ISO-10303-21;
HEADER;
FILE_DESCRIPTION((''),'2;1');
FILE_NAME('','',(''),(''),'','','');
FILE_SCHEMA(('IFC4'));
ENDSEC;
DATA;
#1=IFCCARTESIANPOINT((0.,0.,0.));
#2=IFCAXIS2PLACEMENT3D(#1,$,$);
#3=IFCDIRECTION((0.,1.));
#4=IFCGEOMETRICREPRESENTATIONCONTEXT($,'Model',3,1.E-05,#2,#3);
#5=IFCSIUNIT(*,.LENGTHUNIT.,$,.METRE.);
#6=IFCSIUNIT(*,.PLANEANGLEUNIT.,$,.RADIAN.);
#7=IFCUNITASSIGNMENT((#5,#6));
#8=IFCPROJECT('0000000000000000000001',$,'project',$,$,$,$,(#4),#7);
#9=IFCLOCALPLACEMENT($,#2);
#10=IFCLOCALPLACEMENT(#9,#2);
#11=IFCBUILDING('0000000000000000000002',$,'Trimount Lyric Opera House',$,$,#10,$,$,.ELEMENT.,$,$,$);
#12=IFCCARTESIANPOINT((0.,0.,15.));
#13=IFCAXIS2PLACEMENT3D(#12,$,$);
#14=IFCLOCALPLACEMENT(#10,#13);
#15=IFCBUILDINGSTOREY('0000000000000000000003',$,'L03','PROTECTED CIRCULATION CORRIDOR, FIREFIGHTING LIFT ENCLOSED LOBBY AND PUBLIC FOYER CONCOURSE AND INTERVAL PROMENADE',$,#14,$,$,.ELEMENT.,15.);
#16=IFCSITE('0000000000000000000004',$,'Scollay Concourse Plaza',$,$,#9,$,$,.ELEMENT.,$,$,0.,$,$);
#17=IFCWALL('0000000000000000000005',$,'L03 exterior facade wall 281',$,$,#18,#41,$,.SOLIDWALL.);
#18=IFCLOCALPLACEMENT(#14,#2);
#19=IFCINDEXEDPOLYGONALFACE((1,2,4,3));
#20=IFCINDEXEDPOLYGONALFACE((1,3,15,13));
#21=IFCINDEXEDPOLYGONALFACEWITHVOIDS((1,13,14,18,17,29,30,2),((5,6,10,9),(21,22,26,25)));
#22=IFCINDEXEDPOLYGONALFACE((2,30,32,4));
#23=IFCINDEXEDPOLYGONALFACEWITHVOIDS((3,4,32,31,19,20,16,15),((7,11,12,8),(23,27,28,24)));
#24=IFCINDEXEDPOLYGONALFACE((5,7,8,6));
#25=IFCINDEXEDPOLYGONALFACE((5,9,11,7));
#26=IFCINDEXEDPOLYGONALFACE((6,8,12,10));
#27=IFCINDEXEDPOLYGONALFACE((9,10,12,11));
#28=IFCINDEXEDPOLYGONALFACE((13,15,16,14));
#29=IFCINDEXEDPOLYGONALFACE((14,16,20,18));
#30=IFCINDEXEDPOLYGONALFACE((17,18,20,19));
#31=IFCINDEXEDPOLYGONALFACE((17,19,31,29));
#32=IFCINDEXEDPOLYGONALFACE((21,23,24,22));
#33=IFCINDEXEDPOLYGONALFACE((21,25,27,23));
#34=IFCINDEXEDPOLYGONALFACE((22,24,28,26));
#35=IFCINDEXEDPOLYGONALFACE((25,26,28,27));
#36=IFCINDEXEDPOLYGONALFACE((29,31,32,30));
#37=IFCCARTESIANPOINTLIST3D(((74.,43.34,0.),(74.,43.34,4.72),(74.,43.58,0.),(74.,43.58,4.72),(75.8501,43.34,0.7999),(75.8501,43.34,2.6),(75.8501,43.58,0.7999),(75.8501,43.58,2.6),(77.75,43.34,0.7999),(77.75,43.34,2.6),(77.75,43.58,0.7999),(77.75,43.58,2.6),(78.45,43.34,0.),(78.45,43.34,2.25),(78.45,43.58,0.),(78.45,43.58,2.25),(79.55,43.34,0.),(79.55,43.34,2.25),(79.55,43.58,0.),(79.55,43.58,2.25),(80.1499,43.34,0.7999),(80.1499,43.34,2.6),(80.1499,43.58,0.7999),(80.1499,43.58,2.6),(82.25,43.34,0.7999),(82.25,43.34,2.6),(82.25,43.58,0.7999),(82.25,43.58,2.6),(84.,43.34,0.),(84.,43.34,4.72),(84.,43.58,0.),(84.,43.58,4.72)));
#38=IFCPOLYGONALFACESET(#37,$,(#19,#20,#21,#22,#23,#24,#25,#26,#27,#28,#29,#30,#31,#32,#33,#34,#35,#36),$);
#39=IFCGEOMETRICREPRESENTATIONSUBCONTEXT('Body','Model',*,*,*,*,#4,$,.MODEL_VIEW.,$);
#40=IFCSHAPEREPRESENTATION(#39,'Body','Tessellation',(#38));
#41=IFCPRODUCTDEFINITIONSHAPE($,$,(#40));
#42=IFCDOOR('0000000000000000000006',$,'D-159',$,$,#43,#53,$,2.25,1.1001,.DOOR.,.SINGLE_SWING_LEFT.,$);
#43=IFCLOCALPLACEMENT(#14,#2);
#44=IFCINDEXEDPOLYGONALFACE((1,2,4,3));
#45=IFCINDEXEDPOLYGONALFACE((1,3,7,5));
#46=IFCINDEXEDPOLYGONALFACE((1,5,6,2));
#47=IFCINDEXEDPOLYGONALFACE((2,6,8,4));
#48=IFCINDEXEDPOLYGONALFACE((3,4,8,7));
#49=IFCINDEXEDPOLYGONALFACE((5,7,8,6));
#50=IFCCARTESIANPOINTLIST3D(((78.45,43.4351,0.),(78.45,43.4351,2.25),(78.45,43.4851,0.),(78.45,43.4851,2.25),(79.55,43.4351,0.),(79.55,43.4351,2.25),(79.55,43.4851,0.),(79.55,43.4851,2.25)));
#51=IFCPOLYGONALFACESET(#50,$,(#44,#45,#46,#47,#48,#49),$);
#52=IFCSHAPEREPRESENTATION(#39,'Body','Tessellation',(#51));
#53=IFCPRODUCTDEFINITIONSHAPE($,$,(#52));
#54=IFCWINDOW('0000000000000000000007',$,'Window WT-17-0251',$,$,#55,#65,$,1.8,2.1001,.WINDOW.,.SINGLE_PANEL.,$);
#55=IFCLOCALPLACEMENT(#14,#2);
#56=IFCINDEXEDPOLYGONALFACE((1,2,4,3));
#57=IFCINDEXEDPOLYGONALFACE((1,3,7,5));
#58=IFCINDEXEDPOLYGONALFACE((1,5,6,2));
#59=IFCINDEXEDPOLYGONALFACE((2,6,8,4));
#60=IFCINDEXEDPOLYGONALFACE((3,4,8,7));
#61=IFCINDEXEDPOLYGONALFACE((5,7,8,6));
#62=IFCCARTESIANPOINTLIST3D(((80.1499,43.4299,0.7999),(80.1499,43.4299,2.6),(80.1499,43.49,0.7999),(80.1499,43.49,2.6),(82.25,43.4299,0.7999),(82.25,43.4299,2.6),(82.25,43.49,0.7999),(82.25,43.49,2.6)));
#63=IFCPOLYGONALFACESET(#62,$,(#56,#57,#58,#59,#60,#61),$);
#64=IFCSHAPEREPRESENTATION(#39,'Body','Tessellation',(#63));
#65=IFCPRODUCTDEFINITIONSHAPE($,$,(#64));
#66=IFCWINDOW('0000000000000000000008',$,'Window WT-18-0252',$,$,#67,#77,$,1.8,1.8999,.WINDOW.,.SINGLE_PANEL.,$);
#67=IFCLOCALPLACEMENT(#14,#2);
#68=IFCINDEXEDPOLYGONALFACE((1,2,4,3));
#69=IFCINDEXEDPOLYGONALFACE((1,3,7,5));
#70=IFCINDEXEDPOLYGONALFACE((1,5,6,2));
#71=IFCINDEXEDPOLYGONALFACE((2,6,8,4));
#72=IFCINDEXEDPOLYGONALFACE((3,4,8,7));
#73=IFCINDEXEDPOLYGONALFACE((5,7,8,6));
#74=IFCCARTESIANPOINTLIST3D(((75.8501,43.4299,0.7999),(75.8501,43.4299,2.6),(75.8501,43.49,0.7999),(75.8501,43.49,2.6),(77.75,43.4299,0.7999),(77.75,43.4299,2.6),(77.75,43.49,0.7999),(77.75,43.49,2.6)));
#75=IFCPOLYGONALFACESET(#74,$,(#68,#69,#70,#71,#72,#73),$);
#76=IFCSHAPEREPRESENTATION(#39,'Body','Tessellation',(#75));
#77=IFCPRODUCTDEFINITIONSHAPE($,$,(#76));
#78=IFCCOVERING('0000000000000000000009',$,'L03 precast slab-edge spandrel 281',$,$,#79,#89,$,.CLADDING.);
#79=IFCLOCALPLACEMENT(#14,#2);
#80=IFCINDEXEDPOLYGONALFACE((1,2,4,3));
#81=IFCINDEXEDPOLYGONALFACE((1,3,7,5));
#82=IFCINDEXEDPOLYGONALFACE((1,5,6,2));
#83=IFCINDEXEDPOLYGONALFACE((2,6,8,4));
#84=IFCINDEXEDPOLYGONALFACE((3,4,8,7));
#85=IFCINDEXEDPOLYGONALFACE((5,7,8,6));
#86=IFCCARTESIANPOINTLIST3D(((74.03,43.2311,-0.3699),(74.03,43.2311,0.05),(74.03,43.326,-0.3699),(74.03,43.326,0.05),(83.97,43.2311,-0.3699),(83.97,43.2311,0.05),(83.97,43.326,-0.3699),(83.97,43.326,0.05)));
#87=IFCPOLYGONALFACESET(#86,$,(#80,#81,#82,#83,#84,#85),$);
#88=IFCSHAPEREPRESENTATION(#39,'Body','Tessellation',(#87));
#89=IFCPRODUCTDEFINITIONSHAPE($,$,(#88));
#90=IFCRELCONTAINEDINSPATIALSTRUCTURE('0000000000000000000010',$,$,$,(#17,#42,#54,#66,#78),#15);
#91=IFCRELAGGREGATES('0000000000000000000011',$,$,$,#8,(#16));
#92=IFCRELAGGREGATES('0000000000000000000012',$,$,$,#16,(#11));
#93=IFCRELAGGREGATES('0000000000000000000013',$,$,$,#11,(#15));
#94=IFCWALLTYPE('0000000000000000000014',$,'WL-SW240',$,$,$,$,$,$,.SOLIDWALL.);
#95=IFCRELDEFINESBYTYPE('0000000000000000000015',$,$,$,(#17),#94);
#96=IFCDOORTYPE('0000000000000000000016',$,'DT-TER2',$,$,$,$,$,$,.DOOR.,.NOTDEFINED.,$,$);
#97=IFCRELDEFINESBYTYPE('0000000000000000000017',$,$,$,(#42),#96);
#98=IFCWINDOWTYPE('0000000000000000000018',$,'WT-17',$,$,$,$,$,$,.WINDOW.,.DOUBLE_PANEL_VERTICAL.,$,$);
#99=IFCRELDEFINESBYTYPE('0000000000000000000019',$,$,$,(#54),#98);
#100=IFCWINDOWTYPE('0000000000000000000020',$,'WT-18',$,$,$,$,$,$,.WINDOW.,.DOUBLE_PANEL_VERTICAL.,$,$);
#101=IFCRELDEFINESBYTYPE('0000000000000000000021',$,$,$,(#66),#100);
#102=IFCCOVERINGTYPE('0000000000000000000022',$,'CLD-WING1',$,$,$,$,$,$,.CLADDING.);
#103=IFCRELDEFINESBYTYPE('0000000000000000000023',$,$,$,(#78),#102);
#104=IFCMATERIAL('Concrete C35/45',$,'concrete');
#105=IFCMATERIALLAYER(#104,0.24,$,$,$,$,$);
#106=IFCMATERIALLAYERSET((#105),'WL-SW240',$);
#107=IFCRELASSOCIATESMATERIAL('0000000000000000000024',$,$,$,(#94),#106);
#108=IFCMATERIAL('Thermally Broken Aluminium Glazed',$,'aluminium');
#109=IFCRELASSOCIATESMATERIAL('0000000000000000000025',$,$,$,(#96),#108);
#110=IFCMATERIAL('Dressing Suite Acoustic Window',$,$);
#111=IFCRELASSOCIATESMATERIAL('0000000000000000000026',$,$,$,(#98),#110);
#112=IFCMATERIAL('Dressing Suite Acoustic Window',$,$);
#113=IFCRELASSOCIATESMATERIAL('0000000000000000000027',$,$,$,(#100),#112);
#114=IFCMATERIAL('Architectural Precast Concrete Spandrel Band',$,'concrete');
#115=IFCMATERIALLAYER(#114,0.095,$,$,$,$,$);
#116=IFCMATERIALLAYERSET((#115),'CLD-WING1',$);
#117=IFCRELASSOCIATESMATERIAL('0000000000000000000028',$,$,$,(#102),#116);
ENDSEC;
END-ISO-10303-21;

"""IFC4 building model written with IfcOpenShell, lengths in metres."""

from ifc_helpers import new_model, si_unit, direction, frame, frame_2d, origin, origin_2d, place, context, subcontext, project, spatial, rectangle, extrude, material, layer, layer_set, type_object, element, fill, save


model = new_model("IFC4")

# Units and contexts
model_context = context("Model", 3, precision=1e-05, world=origin(), true_north=direction((0.0, 1.0)))
body_context = subcontext(model_context, "Body", "Model", "MODEL_VIEW")
ifc_project = project(units=[si_unit("LENGTHUNIT", "METRE"), si_unit("PLANEANGLEUNIT", "RADIAN")], contexts=[model_context])

# Site, building, storey
site_placement = place(None, origin())
site = spatial("IfcSite", under=ifc_project, at=site_placement, Name="Scollay Concourse Plaza", CompositionType="ELEMENT", RefElevation=0.0)
building_placement = place(site_placement, origin())
building = spatial("IfcBuilding", under=site, at=building_placement, Name="Trimount Lyric Opera House", CompositionType="ELEMENT")
storey_placement = place(building_placement, frame((0.0, 0.0, 15.0)))
storey = spatial("IfcBuildingStorey", under=building, at=storey_placement, Name="L03", Description="PROTECTED CIRCULATION CORRIDOR, FIREFIGHTING LIFT ENCLOSED LOBBY AND PUBLIC FOYER CONCOURSE AND INTERVAL PROMENADE", CompositionType="ELEMENT", Elevation=15.0)

# Wall, openings, door, windows
ifc_material_1 = material(Name="Concrete C35/45", Category="concrete")
ifc_layer_1 = layer(ifc_material_1, 0.24)
ifc_layer_set_1 = layer_set([ifc_layer_1], Name="WL-SW240")
wall_type_1 = type_object("IfcWallType", Name="WL-SW240", PredefinedType="SOLIDWALL", material=ifc_layer_set_1)
wall_1_placement = place(storey_placement, frame((84.0, 43.46, 0.0), z_axis=(0.0, 0.0, 1.0), x_axis=(-1.0, 0.0, 0.0)))
wall_1 = element("IfcWall", 1, at=wall_1_placement, inside=storey, type_object=wall_type_1, Name="L03 exterior facade wall 281", PredefinedType="SOLIDWALL", context=body_context, shape_type="SweptSolid", body=[
    extrude(rectangle(XDim=10.0, YDim=0.24, at=frame_2d((5.0, 0.0))), origin(), (0.0, 0.0, 1.0), 4.72),
])
opening_1_placement = place(wall_1_placement, frame((1.75, 0.0, 0.8)))
opening_1 = element("IfcOpeningElement", 2, at=opening_1_placement, cuts=wall_1, PredefinedType="OPENING", context=body_context, shape_type="SweptSolid", body=[
    extrude(rectangle(XDim=2.1001, YDim=1.8, at=frame_2d((1.05, 0.8999))), frame((0.0, 0.1299, 0.0), z_axis=(0.0, -1.0, 0.0), x_axis=(1.0, 0.0, 0.0)), (0.0, 0.0, 1.0), 0.26),
])
opening_2_placement = place(wall_1_placement, frame((6.25, 0.0, 0.8)))
opening_2 = element("IfcOpeningElement", 3, at=opening_2_placement, cuts=wall_1, PredefinedType="OPENING", context=body_context, shape_type="SweptSolid", body=[
    extrude(rectangle(XDim=1.8999, YDim=1.8, at=frame_2d((0.95, 0.8999))), frame((0.0, 0.1299, 0.0), z_axis=(0.0, -1.0, 0.0), x_axis=(1.0, 0.0, 0.0)), (0.0, 0.0, 1.0), 0.26),
])
opening_3_placement = place(wall_1_placement, frame((4.45, 0.0, 0.0)))
opening_3 = element("IfcOpeningElement", 4, at=opening_3_placement, cuts=wall_1, PredefinedType="OPENING", context=body_context, shape_type="SweptSolid", body=[
    extrude(rectangle(XDim=1.1001, YDim=2.25, at=frame_2d((0.55, 1.125))), frame((0.0, 0.1299, 0.0), z_axis=(0.0, -1.0, 0.0), x_axis=(1.0, 0.0, 0.0)), (0.0, 0.0, 1.0), 0.26),
])
ifc_material_2 = material(Name="Thermally Broken Aluminium Glazed", Category="aluminium")
door_type = type_object("IfcDoorType", Name="DT-TER2", OperationType="NOTDEFINED", PredefinedType="DOOR", material=ifc_material_2)
door_placement = place(opening_3_placement, origin())
door = element("IfcDoor", 5, at=door_placement, inside=storey, type_object=door_type, Name="D-159", OperationType="SINGLE_SWING_LEFT", OverallHeight=2.25, OverallWidth=1.1001, PredefinedType="DOOR", context=body_context, shape_type="SweptSolid", body=[
    extrude(rectangle(XDim=1.1001, YDim=2.25, at=frame_2d((0.55, 1.125))), frame((0.0, 0.0249, 0.0), z_axis=(0.0, -1.0, 0.0), x_axis=(1.0, 0.0, 0.0)), (0.0, 0.0, 1.0), 0.05),
])
fill(opening_3, door)
ifc_material_3 = material(Name="Dressing Suite Acoustic Window")
window_type_1 = type_object("IfcWindowType", Name="WT-17", PartitioningType="DOUBLE_PANEL_VERTICAL", PredefinedType="WINDOW", material=ifc_material_3)
window_1_placement = place(opening_1_placement, origin())
window_1 = element("IfcWindow", 6, at=window_1_placement, inside=storey, type_object=window_type_1, Name="Window WT-17-0251", OverallHeight=1.8, OverallWidth=2.1001, PartitioningType="SINGLE_PANEL", PredefinedType="WINDOW", context=body_context, shape_type="SweptSolid", body=[
    extrude(rectangle(XDim=2.1001, YDim=1.8, at=frame_2d((1.05, 0.8999))), frame((0.0, 0.03, 0.0), z_axis=(0.0, -1.0, 0.0), x_axis=(1.0, 0.0, 0.0)), (0.0, 0.0, 1.0), 0.0601),
])
fill(opening_1, window_1)
ifc_material_4 = material(Name="Dressing Suite Acoustic Window")
window_type_2 = type_object("IfcWindowType", Name="WT-18", PartitioningType="DOUBLE_PANEL_VERTICAL", PredefinedType="WINDOW", material=ifc_material_4)
window_2_placement = place(opening_2_placement, origin())
window_2 = element("IfcWindow", 7, at=window_2_placement, inside=storey, type_object=window_type_2, Name="Window WT-18-0252", OverallHeight=1.8, OverallWidth=1.8999, PartitioningType="SINGLE_PANEL", PredefinedType="WINDOW", context=body_context, shape_type="SweptSolid", body=[
    extrude(rectangle(XDim=1.8999, YDim=1.8, at=frame_2d((0.95, 0.8999))), frame((0.0, 0.03, 0.0), z_axis=(0.0, -1.0, 0.0), x_axis=(1.0, 0.0, 0.0)), (0.0, 0.0, 1.0), 0.0601),
])
fill(opening_2, window_2)

# Covering
ifc_material_5 = material(Name="Architectural Precast Concrete Spandrel Band", Category="concrete")
ifc_layer_2 = layer(ifc_material_5, 0.095)
ifc_layer_set_2 = layer_set([ifc_layer_2], Name="CLD-WING1")
covering_type = type_object("IfcCoveringType", Name="CLD-WING1", PredefinedType="CLADDING", material=ifc_layer_set_2)
covering_placement = place(storey_placement, frame((79.0, 43.2786, -0.3699), z_axis=(0.0, 0.0, 1.0), x_axis=(-1.0, 0.0, 0.0)))
element("IfcCovering", 8, at=covering_placement, inside=storey, type_object=covering_type, Name="L03 precast slab-edge spandrel 281", PredefinedType="CLADDING", context=body_context, shape_type="SweptSolid", body=[
    extrude(rectangle(XDim=9.9399, YDim=0.095, at=origin_2d()), origin(), (0.0, 0.0, 1.0), 0.4199),
])

save(model, "model.ifc")
